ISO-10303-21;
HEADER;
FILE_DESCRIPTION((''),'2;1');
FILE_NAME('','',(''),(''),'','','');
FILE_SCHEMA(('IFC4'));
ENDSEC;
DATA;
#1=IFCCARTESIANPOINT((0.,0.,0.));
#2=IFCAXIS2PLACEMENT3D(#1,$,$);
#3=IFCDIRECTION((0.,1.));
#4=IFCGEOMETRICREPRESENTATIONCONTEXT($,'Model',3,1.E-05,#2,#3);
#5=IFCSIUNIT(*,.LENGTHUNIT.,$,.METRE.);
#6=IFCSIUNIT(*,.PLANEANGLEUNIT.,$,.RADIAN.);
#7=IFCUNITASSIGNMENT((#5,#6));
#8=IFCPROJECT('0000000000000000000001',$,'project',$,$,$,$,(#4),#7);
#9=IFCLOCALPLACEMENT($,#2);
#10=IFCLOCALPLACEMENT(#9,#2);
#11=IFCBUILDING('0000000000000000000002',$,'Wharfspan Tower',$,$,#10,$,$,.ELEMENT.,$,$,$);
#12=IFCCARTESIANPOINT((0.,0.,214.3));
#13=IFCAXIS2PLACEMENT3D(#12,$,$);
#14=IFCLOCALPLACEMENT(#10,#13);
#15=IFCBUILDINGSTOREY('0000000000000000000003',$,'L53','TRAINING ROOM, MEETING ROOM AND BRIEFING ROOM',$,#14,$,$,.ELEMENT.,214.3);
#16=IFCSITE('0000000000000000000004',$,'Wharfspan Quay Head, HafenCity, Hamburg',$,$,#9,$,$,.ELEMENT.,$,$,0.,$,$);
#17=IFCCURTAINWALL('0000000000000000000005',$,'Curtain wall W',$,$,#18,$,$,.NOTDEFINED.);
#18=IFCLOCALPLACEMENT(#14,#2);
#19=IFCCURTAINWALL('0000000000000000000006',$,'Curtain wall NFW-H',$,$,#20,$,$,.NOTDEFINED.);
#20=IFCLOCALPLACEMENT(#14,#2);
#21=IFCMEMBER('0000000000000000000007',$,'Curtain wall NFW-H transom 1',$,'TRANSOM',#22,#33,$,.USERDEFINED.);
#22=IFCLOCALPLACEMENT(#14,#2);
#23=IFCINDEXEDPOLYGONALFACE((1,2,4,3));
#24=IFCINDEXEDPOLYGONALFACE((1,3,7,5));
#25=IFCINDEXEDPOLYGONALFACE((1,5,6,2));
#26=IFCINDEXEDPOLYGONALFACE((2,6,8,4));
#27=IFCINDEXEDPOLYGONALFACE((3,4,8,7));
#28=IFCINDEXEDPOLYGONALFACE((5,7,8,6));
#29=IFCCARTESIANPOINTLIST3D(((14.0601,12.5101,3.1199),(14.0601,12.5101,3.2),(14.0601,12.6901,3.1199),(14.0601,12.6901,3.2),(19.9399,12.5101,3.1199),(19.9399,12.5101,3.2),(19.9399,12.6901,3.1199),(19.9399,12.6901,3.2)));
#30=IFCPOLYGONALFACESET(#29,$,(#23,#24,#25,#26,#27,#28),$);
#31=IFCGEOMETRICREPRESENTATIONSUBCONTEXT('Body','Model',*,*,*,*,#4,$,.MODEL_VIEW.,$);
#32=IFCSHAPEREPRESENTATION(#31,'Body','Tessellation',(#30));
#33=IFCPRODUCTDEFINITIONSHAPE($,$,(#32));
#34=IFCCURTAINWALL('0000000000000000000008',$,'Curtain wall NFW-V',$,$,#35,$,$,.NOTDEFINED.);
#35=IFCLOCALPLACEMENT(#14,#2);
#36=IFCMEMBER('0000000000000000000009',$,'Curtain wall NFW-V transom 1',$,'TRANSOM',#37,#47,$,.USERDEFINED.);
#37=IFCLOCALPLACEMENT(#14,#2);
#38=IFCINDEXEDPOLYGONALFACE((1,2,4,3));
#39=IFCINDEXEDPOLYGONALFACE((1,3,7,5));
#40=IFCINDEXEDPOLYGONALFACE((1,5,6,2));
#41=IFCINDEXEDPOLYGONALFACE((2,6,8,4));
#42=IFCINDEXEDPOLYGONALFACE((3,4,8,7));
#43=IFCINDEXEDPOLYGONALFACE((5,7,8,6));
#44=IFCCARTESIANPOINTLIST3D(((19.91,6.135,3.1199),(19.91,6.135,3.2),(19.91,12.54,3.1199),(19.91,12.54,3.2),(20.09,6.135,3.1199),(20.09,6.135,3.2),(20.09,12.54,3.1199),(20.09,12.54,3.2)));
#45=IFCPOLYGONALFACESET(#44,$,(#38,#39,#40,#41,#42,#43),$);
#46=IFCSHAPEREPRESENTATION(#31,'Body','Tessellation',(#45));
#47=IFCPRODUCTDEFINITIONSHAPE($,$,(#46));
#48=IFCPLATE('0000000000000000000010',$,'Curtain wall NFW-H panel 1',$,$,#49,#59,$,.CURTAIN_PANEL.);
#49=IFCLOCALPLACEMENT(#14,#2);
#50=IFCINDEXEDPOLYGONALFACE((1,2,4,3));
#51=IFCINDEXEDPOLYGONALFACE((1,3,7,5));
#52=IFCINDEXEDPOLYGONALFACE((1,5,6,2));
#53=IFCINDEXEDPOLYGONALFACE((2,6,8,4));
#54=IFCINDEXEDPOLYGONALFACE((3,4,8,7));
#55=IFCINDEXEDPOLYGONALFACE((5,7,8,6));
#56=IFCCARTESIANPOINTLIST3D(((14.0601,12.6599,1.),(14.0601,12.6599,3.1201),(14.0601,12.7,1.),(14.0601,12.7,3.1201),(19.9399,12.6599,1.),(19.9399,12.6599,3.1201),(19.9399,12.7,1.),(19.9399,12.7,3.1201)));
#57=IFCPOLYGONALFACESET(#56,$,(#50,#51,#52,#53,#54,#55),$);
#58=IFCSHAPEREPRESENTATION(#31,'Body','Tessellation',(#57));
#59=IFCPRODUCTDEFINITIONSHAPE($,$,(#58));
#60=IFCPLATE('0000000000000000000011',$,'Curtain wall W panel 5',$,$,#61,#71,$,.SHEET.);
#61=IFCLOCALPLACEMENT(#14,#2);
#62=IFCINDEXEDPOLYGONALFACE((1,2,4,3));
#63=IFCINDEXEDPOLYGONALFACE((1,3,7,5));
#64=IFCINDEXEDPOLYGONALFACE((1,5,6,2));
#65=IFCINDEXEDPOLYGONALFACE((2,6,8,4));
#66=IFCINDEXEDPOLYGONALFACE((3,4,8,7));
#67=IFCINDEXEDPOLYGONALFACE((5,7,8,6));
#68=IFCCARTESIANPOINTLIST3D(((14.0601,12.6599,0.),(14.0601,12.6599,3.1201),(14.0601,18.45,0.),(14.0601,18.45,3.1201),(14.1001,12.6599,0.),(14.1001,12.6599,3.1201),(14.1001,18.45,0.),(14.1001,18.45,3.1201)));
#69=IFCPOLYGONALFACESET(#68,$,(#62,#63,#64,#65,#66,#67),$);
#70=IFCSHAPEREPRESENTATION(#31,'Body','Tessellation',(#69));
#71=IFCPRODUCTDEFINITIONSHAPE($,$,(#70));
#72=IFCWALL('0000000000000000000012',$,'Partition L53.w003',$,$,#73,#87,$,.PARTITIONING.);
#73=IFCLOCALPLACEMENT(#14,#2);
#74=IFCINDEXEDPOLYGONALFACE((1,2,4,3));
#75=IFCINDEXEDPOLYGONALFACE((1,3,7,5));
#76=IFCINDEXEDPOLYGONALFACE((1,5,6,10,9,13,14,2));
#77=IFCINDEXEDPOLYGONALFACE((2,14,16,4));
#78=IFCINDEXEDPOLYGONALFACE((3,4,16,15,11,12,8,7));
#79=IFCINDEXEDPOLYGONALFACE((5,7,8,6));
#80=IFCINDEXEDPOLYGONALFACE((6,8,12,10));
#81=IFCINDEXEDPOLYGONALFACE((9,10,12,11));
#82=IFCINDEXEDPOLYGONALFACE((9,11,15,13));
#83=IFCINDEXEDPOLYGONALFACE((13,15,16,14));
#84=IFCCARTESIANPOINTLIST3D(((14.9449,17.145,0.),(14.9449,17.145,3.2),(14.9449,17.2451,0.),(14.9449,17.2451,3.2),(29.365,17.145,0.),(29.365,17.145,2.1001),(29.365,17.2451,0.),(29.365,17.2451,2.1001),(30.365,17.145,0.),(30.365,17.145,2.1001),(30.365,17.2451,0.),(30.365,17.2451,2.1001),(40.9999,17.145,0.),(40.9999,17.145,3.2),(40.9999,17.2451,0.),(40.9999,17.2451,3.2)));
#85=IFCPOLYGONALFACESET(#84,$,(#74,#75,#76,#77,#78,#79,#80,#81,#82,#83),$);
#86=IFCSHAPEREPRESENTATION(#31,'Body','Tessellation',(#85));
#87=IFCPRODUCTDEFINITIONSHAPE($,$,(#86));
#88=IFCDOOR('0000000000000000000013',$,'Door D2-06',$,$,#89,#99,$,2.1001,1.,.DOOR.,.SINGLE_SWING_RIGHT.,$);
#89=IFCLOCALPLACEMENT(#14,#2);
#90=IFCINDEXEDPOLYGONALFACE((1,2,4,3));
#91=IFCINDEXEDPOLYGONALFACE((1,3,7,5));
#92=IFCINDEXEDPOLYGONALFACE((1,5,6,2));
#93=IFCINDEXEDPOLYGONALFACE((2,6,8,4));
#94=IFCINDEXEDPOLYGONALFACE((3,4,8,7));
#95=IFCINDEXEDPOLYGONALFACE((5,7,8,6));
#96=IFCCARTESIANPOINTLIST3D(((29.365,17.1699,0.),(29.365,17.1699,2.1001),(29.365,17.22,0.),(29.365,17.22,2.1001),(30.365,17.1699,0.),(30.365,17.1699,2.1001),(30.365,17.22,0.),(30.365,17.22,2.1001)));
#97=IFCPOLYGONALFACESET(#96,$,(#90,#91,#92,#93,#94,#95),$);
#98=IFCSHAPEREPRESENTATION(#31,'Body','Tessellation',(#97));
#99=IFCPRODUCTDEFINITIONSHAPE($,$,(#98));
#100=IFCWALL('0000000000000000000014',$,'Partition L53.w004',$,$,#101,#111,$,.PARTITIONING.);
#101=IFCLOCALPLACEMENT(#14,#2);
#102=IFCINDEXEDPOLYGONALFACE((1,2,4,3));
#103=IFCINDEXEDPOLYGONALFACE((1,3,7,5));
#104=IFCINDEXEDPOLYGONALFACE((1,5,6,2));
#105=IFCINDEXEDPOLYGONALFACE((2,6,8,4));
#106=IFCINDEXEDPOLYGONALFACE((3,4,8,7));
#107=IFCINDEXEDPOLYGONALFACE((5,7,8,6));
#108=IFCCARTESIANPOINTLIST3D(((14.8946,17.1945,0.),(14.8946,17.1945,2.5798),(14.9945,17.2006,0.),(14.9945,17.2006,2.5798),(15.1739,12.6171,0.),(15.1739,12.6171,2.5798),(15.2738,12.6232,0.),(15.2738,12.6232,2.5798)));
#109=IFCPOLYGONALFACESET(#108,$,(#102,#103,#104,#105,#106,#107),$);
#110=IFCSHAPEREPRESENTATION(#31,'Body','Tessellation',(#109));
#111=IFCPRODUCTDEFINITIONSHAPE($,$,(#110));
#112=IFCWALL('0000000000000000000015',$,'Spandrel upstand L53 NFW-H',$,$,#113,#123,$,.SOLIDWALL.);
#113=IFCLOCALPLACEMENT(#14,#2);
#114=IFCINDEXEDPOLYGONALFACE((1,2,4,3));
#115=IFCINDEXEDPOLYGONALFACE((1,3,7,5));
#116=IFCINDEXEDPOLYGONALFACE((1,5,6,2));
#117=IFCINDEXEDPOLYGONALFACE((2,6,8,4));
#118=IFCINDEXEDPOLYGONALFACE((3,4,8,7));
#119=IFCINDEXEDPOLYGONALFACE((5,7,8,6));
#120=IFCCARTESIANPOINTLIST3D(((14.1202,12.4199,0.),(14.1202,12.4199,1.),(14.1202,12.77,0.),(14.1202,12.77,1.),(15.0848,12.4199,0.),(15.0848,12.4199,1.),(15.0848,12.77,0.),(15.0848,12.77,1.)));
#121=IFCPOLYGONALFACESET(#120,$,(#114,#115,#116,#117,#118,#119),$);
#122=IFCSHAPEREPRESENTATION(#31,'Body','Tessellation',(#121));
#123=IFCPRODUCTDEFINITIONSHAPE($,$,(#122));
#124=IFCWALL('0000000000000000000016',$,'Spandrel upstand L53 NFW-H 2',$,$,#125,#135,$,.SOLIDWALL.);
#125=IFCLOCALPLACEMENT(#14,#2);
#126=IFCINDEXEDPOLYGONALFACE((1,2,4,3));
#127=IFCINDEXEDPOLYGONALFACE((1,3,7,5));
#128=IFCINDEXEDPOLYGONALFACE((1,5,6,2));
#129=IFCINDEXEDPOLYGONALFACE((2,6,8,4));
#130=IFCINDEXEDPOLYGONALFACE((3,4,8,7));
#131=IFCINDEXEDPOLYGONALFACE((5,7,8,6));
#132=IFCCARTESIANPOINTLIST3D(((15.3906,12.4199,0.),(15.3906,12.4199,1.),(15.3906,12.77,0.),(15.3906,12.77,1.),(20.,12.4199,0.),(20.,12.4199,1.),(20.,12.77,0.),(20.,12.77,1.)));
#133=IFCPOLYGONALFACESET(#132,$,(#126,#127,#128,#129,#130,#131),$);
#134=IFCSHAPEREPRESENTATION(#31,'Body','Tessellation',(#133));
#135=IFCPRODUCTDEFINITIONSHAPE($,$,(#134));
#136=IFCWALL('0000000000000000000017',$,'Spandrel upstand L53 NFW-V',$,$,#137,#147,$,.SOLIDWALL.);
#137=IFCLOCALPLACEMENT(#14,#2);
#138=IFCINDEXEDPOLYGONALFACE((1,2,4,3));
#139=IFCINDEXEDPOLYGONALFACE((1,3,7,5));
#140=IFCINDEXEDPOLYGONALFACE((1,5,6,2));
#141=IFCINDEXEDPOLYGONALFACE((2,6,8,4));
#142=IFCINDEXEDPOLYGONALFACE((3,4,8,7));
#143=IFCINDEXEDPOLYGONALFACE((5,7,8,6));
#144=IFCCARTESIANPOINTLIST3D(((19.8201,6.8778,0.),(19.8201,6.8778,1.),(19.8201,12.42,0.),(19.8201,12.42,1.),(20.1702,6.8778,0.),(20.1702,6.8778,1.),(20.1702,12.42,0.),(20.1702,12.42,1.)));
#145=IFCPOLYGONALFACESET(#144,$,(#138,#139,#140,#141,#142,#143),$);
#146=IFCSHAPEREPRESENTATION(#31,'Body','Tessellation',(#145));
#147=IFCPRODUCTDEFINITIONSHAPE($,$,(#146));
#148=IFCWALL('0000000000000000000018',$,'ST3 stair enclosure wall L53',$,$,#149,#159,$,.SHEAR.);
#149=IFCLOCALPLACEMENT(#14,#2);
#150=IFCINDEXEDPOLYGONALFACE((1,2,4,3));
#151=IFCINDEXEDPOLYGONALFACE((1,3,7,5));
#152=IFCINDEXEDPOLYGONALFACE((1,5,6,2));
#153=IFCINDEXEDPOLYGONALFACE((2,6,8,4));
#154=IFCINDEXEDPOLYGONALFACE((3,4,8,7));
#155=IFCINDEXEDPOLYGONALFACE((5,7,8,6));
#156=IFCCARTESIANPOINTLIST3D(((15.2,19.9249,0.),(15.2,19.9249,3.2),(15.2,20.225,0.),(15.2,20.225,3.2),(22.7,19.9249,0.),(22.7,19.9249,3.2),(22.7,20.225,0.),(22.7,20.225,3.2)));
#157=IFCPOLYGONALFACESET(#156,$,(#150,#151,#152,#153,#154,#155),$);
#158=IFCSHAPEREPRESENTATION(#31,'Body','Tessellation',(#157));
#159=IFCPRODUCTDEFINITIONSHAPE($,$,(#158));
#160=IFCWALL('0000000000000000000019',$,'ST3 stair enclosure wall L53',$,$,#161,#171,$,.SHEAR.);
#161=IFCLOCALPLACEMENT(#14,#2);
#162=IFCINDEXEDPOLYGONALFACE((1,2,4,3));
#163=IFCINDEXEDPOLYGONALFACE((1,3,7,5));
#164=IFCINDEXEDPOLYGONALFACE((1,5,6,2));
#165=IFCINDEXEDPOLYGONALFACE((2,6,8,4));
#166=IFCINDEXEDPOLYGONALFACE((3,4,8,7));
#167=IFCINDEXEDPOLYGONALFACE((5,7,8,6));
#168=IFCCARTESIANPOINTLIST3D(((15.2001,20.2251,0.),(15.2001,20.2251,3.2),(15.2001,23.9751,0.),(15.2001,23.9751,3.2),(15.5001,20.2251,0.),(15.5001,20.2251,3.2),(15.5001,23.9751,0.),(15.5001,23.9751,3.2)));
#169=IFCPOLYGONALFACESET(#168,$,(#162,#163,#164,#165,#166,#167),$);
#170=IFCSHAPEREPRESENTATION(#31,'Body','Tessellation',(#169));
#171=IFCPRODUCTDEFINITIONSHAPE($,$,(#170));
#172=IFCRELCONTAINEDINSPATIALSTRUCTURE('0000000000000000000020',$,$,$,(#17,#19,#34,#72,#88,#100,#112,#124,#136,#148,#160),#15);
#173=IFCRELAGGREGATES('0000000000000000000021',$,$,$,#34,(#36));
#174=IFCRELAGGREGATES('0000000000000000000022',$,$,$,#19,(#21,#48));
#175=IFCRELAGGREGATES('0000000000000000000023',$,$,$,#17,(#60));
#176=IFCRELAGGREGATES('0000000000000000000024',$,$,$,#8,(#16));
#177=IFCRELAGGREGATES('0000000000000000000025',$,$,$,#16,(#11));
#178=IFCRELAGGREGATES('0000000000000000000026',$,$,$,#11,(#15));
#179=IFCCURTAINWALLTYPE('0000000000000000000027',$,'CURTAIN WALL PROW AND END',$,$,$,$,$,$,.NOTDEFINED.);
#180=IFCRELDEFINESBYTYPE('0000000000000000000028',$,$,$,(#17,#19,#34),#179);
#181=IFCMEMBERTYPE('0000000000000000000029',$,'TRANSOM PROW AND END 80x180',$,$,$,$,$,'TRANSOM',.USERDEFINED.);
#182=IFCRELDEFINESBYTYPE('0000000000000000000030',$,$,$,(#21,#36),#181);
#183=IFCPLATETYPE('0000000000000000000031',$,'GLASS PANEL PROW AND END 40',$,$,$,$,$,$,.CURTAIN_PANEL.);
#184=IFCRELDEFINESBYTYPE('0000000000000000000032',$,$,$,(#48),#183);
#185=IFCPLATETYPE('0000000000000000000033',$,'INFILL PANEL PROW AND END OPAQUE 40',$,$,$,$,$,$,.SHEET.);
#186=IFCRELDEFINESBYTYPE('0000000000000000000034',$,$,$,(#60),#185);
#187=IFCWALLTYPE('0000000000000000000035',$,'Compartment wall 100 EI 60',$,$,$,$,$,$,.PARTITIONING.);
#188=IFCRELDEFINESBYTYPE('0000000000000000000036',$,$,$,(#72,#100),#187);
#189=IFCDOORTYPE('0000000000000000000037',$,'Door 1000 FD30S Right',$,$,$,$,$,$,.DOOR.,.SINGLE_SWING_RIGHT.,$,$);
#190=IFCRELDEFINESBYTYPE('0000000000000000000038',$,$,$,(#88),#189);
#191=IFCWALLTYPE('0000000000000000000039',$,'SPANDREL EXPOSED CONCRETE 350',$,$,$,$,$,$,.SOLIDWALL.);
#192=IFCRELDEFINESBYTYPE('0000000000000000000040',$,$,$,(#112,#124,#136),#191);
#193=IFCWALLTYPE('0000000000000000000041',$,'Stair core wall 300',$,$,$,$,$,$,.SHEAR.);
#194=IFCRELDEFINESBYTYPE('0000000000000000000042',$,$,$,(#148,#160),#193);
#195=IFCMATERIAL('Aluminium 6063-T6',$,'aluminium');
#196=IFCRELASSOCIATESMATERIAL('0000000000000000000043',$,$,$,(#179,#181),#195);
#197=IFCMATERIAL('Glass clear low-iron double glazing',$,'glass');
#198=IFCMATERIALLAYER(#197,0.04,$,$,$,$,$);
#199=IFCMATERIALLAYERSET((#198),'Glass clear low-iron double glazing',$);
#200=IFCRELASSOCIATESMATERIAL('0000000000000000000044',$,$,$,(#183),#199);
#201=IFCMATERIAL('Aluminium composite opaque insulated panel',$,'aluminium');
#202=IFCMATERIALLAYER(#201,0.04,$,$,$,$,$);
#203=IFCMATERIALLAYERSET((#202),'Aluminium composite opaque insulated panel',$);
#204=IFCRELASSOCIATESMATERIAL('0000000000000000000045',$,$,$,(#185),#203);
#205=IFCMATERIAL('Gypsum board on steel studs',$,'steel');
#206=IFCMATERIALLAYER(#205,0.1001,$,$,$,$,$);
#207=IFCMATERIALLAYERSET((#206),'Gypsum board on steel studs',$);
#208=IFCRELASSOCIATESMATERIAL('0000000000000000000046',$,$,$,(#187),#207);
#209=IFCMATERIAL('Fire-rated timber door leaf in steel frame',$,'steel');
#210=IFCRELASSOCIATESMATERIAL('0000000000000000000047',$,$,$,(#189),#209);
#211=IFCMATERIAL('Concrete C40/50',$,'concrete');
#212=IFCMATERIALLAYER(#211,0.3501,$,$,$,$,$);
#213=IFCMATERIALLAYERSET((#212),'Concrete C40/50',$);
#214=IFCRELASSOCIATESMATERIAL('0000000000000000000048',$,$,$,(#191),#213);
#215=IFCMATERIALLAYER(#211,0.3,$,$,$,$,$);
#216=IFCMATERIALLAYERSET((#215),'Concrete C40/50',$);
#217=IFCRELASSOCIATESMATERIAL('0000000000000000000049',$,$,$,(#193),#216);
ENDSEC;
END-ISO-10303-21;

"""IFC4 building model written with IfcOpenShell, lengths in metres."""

from ifc_helpers import new_model, si_unit, direction, frame, frame_2d, origin, origin_2d, place, context, subcontext, project, spatial, rectangle, extrude, material, layer, layer_set, material_profile, profile_set, type_object, element, fill, aggregate, save


model = new_model("IFC4")

# Units and contexts
model_context = context("Model", 3, precision=1e-05, world=origin(), true_north=direction((0.0, 1.0)))
body_context = subcontext(model_context, "Body", "Model", "MODEL_VIEW")
ifc_project = project(units=[si_unit("LENGTHUNIT", "METRE"), si_unit("PLANEANGLEUNIT", "RADIAN")], contexts=[model_context])

# Site, building, storey
site_placement = place(None, origin())
site = spatial("IfcSite", under=ifc_project, at=site_placement, Name="Wharfspan Quay Head, HafenCity, Hamburg", CompositionType="ELEMENT", RefElevation=0.0)
building_placement = place(site_placement, origin())
building = spatial("IfcBuilding", under=site, at=building_placement, Name="Wharfspan Tower", CompositionType="ELEMENT")
storey_placement = place(building_placement, frame((0.0, 0.0, 214.3)))
storey = spatial("IfcBuildingStorey", under=building, at=storey_placement, Name="L53", Description="TRAINING ROOM, MEETING ROOM AND BRIEFING ROOM", CompositionType="ELEMENT", Elevation=214.3)

# Curtain walls
ifc_material_1 = material(Name="Aluminium 6063-T6", Category="aluminium")
curtain_wall_type = type_object("IfcCurtainWallType", Name="CURTAIN WALL PROW AND END", PredefinedType="NOTDEFINED", material=ifc_material_1)
curtain_wall_1_placement = place(storey_placement, origin())
curtain_wall_1 = element("IfcCurtainWall", 1, at=curtain_wall_1_placement, inside=storey, type_object=curtain_wall_type, Name="Curtain wall W", PredefinedType="NOTDEFINED")
curtain_wall_2_placement = place(storey_placement, origin())
curtain_wall_2 = element("IfcCurtainWall", 2, at=curtain_wall_2_placement, inside=storey, type_object=curtain_wall_type, Name="Curtain wall NFW-H", PredefinedType="NOTDEFINED")

# Member
ifc_material_profile_1 = material_profile(ifc_material_1, rectangle(XDim=0.1799, YDim=0.0801, at=origin_2d()))
ifc_profile_set_1 = profile_set([ifc_material_profile_1], Name="Aluminium 6063-T6")
member_type_1 = type_object("IfcMemberType", Name="TRANSOM PROW AND END 80x180", ElementType="TRANSOM", PredefinedType="USERDEFINED", material=ifc_profile_set_1)
member_1_placement = place(storey_placement, frame((14.0601, 12.6001, 3.1599), z_axis=(1.0, 0.0, 0.0), x_axis=(0.0, 1.0, 0.0)))
member_1 = element("IfcMember", 3, at=member_1_placement, type_object=member_type_1, Name="Curtain wall NFW-H transom 1", ObjectType="TRANSOM", PredefinedType="USERDEFINED", context=body_context, shape_type="SweptSolid", body=[
    extrude(rectangle(XDim=0.1799, YDim=0.0801, at=origin_2d()), origin(), (0.0, 0.0, 1.0), 5.8799),
])

# Curtain wall, member
curtain_wall_3_placement = place(storey_placement, origin())
curtain_wall_3 = element("IfcCurtainWall", 4, at=curtain_wall_3_placement, inside=storey, type_object=curtain_wall_type, Name="Curtain wall NFW-V", PredefinedType="NOTDEFINED")
member_2_placement = place(storey_placement, frame((20.0, 12.54, 3.1599), z_axis=(0.0, -1.0, 0.0), x_axis=(1.0, 0.0, 0.0)))
member_2 = element("IfcMember", 5, at=member_2_placement, type_object=member_type_1, Name="Curtain wall NFW-V transom 1", ObjectType="TRANSOM", PredefinedType="USERDEFINED", context=body_context, shape_type="SweptSolid", body=[
    extrude(rectangle(XDim=0.1799, YDim=0.0801, at=origin_2d()), origin(), (0.0, 0.0, 1.0), 6.405),
])
aggregate(curtain_wall_3, [member_2])

# Plates
ifc_material_2 = material(Name="Glass clear low-iron double glazing", Category="glass")
ifc_layer_1 = layer(ifc_material_2, 0.04)
ifc_layer_set_1 = layer_set([ifc_layer_1], Name="Glass clear low-iron double glazing")
plate_type_1 = type_object("IfcPlateType", Name="GLASS PANEL PROW AND END 40", PredefinedType="CURTAIN_PANEL", material=ifc_layer_set_1)
plate_1_placement = place(storey_placement, frame((17.0, 12.6799, 1.0), z_axis=(0.0, 0.0, 1.0), x_axis=(1.0, 0.0, 0.0)))
plate_1 = element("IfcPlate", 6, at=plate_1_placement, type_object=plate_type_1, Name="Curtain wall NFW-H panel 1", PredefinedType="CURTAIN_PANEL", context=body_context, shape_type="SweptSolid", body=[
    extrude(rectangle(XDim=5.8799, YDim=0.04, at=origin_2d()), origin(), (0.0, 0.0, 1.0), 2.1201),
])
aggregate(curtain_wall_2, [member_1, plate_1])
ifc_material_3 = material(Name="Aluminium composite opaque insulated panel", Category="aluminium")
ifc_layer_2 = layer(ifc_material_3, 0.04)
ifc_layer_set_2 = layer_set([ifc_layer_2], Name="Aluminium composite opaque insulated panel")
plate_type_2 = type_object("IfcPlateType", Name="INFILL PANEL PROW AND END OPAQUE 40", PredefinedType="SHEET", material=ifc_layer_set_2)
plate_2_placement = place(storey_placement, frame((14.0801, 15.5549, 0.0), z_axis=(0.0, 0.0, 1.0), x_axis=(0.0, -1.0, 0.0)))
plate_2 = element("IfcPlate", 7, at=plate_2_placement, type_object=plate_type_2, Name="Curtain wall W panel 5", PredefinedType="SHEET", context=body_context, shape_type="SweptSolid", body=[
    extrude(rectangle(XDim=5.79, YDim=0.04, at=origin_2d()), origin(), (0.0, 0.0, 1.0), 3.1201),
])
aggregate(curtain_wall_1, [plate_2])

# Wall, opening, door
ifc_material_4 = material(Name="Gypsum board on steel studs", Category="steel")
ifc_layer_3 = layer(ifc_material_4, 0.1001)
ifc_layer_set_3 = layer_set([ifc_layer_3], Name="Gypsum board on steel studs")
wall_type_1 = type_object("IfcWallType", Name="Compartment wall 100 EI 60", PredefinedType="PARTITIONING", material=ifc_layer_set_3)
wall_1_placement = place(storey_placement, frame((14.9451, 17.1951, 0.0), z_axis=(0.0, 0.0, 1.0), x_axis=(1.0, 0.0, 0.0)))
wall_1 = element("IfcWall", 8, at=wall_1_placement, inside=storey, type_object=wall_type_1, Name="Partition L53.w003", PredefinedType="PARTITIONING", context=body_context, shape_type="SweptSolid", body=[
    extrude(rectangle(XDim=26.0549, YDim=0.1001, at=frame_2d((13.0273, 0.0))), origin(), (0.0, 0.0, 1.0), 3.2),
])
opening_placement = place(wall_1_placement, frame((14.4199, 0.0, 0.0)))
opening = element("IfcOpeningElement", 9, at=opening_placement, cuts=wall_1, PredefinedType="OPENING", context=body_context, shape_type="SweptSolid", body=[
    extrude(rectangle(XDim=1.0, YDim=2.1001, at=frame_2d((0.5, 1.05))), frame((0.0, 0.0601, 0.0), z_axis=(0.0, -1.0, 0.0), x_axis=(1.0, 0.0, 0.0)), (0.0, 0.0, 1.0), 0.1201),
])
ifc_material_5 = material(Name="Fire-rated timber door leaf in steel frame", Category="steel")
door_type = type_object("IfcDoorType", Name="Door 1000 FD30S Right", OperationType="SINGLE_SWING_RIGHT", PredefinedType="DOOR", material=ifc_material_5)
door_placement = place(opening_placement, origin())
door = element("IfcDoor", 10, at=door_placement, inside=storey, type_object=door_type, Name="Door D2-06", OperationType="SINGLE_SWING_RIGHT", OverallHeight=2.1001, OverallWidth=1.0, PredefinedType="DOOR", context=body_context, shape_type="SweptSolid", body=[
    extrude(rectangle(XDim=1.0, YDim=2.1001, at=frame_2d((0.5, 1.05))), frame((0.0, 0.0249, 0.0), z_axis=(0.0, -1.0, 0.0), x_axis=(1.0, 0.0, 0.0)), (0.0, 0.0, 1.0), 0.05),
])
fill(opening, door)

# Walls
wall_2_placement = place(storey_placement, frame((15.2239, 12.6201, 0.0), z_axis=(0.0, 0.0, 1.0), x_axis=(-0.060903, 0.99814, 0.0)))
element("IfcWall", 11, at=wall_2_placement, inside=storey, type_object=wall_type_1, Name="Partition L53.w004", PredefinedType="PARTITIONING", context=body_context, shape_type="SweptSolid", body=[
    extrude(rectangle(XDim=4.5859, YDim=0.1001, at=frame_2d((2.293, 0.0))), origin(), (0.0, 0.0, 1.0), 2.5798),
])
ifc_material_6 = material(Name="Concrete C40/50", Category="concrete")
ifc_layer_4 = layer(ifc_material_6, 0.3501)
ifc_layer_set_4 = layer_set([ifc_layer_4], Name="Concrete C40/50")
wall_type_2 = type_object("IfcWallType", Name="SPANDREL EXPOSED CONCRETE 350", PredefinedType="SOLIDWALL", material=ifc_layer_set_4)
wall_3_placement = place(storey_placement, frame((14.1201, 12.595, 0.0), z_axis=(0.0, 0.0, 1.0), x_axis=(1.0, 0.0, 0.0)))
element("IfcWall", 12, at=wall_3_placement, inside=storey, type_object=wall_type_2, Name="Spandrel upstand L53 NFW-H", PredefinedType="SOLIDWALL", context=body_context, shape_type="SweptSolid", body=[
    extrude(rectangle(XDim=0.9646, YDim=0.3501, at=frame_2d((0.4824, 0.0))), origin(), (0.0, 0.0, 1.0), 1.0),
])
wall_4_placement = place(storey_placement, frame((15.3906, 12.595, 0.0), z_axis=(0.0, 0.0, 1.0), x_axis=(1.0, 0.0, 0.0)))
element("IfcWall", 13, at=wall_4_placement, inside=storey, type_object=wall_type_2, Name="Spandrel upstand L53 NFW-H 2", PredefinedType="SOLIDWALL", context=body_context, shape_type="SweptSolid", body=[
    extrude(rectangle(XDim=4.6094, YDim=0.3501, at=frame_2d((2.3047, 0.0))), origin(), (0.0, 0.0, 1.0), 1.0),
])
wall_5_placement = place(storey_placement, frame((19.9951, 12.4199, 0.0), z_axis=(0.0, 0.0, 1.0), x_axis=(0.0, -1.0, 0.0)))
element("IfcWall", 14, at=wall_5_placement, inside=storey, type_object=wall_type_2, Name="Spandrel upstand L53 NFW-V", PredefinedType="SOLIDWALL", context=body_context, shape_type="SweptSolid", body=[
    extrude(rectangle(XDim=5.5422, YDim=0.3501, at=frame_2d((2.771, 0.0))), origin(), (0.0, 0.0, 1.0), 1.0),
])
ifc_layer_5 = layer(ifc_material_6, 0.3)
ifc_layer_set_5 = layer_set([ifc_layer_5], Name="Concrete C40/50")
wall_type_3 = type_object("IfcWallType", Name="Stair core wall 300", PredefinedType="SHEAR", material=ifc_layer_set_5)
wall_6_placement = place(storey_placement, frame((15.2, 20.075, 0.0), z_axis=(0.0, 0.0, 1.0), x_axis=(1.0, 0.0, 0.0)))
element("IfcWall", 15, at=wall_6_placement, inside=storey, type_object=wall_type_3, Name="ST3 stair enclosure wall L53", PredefinedType="SHEAR", context=body_context, shape_type="SweptSolid", body=[
    extrude(rectangle(XDim=7.5, YDim=0.3, at=frame_2d((3.75, 0.0))), origin(), (0.0, 0.0, 1.0), 3.2),
])
wall_7_placement = place(storey_placement, frame((15.3501, 20.2251, 0.0), z_axis=(0.0, 0.0, 1.0), x_axis=(0.0, 1.0, 0.0)))
element("IfcWall", 16, at=wall_7_placement, inside=storey, type_object=wall_type_3, Name="ST3 stair enclosure wall L53", PredefinedType="SHEAR", context=body_context, shape_type="SweptSolid", body=[
    extrude(rectangle(XDim=3.75, YDim=0.3, at=frame_2d((1.875, 0.0))), origin(), (0.0, 0.0, 1.0), 3.2),
])

save(model, "model.ifc")
